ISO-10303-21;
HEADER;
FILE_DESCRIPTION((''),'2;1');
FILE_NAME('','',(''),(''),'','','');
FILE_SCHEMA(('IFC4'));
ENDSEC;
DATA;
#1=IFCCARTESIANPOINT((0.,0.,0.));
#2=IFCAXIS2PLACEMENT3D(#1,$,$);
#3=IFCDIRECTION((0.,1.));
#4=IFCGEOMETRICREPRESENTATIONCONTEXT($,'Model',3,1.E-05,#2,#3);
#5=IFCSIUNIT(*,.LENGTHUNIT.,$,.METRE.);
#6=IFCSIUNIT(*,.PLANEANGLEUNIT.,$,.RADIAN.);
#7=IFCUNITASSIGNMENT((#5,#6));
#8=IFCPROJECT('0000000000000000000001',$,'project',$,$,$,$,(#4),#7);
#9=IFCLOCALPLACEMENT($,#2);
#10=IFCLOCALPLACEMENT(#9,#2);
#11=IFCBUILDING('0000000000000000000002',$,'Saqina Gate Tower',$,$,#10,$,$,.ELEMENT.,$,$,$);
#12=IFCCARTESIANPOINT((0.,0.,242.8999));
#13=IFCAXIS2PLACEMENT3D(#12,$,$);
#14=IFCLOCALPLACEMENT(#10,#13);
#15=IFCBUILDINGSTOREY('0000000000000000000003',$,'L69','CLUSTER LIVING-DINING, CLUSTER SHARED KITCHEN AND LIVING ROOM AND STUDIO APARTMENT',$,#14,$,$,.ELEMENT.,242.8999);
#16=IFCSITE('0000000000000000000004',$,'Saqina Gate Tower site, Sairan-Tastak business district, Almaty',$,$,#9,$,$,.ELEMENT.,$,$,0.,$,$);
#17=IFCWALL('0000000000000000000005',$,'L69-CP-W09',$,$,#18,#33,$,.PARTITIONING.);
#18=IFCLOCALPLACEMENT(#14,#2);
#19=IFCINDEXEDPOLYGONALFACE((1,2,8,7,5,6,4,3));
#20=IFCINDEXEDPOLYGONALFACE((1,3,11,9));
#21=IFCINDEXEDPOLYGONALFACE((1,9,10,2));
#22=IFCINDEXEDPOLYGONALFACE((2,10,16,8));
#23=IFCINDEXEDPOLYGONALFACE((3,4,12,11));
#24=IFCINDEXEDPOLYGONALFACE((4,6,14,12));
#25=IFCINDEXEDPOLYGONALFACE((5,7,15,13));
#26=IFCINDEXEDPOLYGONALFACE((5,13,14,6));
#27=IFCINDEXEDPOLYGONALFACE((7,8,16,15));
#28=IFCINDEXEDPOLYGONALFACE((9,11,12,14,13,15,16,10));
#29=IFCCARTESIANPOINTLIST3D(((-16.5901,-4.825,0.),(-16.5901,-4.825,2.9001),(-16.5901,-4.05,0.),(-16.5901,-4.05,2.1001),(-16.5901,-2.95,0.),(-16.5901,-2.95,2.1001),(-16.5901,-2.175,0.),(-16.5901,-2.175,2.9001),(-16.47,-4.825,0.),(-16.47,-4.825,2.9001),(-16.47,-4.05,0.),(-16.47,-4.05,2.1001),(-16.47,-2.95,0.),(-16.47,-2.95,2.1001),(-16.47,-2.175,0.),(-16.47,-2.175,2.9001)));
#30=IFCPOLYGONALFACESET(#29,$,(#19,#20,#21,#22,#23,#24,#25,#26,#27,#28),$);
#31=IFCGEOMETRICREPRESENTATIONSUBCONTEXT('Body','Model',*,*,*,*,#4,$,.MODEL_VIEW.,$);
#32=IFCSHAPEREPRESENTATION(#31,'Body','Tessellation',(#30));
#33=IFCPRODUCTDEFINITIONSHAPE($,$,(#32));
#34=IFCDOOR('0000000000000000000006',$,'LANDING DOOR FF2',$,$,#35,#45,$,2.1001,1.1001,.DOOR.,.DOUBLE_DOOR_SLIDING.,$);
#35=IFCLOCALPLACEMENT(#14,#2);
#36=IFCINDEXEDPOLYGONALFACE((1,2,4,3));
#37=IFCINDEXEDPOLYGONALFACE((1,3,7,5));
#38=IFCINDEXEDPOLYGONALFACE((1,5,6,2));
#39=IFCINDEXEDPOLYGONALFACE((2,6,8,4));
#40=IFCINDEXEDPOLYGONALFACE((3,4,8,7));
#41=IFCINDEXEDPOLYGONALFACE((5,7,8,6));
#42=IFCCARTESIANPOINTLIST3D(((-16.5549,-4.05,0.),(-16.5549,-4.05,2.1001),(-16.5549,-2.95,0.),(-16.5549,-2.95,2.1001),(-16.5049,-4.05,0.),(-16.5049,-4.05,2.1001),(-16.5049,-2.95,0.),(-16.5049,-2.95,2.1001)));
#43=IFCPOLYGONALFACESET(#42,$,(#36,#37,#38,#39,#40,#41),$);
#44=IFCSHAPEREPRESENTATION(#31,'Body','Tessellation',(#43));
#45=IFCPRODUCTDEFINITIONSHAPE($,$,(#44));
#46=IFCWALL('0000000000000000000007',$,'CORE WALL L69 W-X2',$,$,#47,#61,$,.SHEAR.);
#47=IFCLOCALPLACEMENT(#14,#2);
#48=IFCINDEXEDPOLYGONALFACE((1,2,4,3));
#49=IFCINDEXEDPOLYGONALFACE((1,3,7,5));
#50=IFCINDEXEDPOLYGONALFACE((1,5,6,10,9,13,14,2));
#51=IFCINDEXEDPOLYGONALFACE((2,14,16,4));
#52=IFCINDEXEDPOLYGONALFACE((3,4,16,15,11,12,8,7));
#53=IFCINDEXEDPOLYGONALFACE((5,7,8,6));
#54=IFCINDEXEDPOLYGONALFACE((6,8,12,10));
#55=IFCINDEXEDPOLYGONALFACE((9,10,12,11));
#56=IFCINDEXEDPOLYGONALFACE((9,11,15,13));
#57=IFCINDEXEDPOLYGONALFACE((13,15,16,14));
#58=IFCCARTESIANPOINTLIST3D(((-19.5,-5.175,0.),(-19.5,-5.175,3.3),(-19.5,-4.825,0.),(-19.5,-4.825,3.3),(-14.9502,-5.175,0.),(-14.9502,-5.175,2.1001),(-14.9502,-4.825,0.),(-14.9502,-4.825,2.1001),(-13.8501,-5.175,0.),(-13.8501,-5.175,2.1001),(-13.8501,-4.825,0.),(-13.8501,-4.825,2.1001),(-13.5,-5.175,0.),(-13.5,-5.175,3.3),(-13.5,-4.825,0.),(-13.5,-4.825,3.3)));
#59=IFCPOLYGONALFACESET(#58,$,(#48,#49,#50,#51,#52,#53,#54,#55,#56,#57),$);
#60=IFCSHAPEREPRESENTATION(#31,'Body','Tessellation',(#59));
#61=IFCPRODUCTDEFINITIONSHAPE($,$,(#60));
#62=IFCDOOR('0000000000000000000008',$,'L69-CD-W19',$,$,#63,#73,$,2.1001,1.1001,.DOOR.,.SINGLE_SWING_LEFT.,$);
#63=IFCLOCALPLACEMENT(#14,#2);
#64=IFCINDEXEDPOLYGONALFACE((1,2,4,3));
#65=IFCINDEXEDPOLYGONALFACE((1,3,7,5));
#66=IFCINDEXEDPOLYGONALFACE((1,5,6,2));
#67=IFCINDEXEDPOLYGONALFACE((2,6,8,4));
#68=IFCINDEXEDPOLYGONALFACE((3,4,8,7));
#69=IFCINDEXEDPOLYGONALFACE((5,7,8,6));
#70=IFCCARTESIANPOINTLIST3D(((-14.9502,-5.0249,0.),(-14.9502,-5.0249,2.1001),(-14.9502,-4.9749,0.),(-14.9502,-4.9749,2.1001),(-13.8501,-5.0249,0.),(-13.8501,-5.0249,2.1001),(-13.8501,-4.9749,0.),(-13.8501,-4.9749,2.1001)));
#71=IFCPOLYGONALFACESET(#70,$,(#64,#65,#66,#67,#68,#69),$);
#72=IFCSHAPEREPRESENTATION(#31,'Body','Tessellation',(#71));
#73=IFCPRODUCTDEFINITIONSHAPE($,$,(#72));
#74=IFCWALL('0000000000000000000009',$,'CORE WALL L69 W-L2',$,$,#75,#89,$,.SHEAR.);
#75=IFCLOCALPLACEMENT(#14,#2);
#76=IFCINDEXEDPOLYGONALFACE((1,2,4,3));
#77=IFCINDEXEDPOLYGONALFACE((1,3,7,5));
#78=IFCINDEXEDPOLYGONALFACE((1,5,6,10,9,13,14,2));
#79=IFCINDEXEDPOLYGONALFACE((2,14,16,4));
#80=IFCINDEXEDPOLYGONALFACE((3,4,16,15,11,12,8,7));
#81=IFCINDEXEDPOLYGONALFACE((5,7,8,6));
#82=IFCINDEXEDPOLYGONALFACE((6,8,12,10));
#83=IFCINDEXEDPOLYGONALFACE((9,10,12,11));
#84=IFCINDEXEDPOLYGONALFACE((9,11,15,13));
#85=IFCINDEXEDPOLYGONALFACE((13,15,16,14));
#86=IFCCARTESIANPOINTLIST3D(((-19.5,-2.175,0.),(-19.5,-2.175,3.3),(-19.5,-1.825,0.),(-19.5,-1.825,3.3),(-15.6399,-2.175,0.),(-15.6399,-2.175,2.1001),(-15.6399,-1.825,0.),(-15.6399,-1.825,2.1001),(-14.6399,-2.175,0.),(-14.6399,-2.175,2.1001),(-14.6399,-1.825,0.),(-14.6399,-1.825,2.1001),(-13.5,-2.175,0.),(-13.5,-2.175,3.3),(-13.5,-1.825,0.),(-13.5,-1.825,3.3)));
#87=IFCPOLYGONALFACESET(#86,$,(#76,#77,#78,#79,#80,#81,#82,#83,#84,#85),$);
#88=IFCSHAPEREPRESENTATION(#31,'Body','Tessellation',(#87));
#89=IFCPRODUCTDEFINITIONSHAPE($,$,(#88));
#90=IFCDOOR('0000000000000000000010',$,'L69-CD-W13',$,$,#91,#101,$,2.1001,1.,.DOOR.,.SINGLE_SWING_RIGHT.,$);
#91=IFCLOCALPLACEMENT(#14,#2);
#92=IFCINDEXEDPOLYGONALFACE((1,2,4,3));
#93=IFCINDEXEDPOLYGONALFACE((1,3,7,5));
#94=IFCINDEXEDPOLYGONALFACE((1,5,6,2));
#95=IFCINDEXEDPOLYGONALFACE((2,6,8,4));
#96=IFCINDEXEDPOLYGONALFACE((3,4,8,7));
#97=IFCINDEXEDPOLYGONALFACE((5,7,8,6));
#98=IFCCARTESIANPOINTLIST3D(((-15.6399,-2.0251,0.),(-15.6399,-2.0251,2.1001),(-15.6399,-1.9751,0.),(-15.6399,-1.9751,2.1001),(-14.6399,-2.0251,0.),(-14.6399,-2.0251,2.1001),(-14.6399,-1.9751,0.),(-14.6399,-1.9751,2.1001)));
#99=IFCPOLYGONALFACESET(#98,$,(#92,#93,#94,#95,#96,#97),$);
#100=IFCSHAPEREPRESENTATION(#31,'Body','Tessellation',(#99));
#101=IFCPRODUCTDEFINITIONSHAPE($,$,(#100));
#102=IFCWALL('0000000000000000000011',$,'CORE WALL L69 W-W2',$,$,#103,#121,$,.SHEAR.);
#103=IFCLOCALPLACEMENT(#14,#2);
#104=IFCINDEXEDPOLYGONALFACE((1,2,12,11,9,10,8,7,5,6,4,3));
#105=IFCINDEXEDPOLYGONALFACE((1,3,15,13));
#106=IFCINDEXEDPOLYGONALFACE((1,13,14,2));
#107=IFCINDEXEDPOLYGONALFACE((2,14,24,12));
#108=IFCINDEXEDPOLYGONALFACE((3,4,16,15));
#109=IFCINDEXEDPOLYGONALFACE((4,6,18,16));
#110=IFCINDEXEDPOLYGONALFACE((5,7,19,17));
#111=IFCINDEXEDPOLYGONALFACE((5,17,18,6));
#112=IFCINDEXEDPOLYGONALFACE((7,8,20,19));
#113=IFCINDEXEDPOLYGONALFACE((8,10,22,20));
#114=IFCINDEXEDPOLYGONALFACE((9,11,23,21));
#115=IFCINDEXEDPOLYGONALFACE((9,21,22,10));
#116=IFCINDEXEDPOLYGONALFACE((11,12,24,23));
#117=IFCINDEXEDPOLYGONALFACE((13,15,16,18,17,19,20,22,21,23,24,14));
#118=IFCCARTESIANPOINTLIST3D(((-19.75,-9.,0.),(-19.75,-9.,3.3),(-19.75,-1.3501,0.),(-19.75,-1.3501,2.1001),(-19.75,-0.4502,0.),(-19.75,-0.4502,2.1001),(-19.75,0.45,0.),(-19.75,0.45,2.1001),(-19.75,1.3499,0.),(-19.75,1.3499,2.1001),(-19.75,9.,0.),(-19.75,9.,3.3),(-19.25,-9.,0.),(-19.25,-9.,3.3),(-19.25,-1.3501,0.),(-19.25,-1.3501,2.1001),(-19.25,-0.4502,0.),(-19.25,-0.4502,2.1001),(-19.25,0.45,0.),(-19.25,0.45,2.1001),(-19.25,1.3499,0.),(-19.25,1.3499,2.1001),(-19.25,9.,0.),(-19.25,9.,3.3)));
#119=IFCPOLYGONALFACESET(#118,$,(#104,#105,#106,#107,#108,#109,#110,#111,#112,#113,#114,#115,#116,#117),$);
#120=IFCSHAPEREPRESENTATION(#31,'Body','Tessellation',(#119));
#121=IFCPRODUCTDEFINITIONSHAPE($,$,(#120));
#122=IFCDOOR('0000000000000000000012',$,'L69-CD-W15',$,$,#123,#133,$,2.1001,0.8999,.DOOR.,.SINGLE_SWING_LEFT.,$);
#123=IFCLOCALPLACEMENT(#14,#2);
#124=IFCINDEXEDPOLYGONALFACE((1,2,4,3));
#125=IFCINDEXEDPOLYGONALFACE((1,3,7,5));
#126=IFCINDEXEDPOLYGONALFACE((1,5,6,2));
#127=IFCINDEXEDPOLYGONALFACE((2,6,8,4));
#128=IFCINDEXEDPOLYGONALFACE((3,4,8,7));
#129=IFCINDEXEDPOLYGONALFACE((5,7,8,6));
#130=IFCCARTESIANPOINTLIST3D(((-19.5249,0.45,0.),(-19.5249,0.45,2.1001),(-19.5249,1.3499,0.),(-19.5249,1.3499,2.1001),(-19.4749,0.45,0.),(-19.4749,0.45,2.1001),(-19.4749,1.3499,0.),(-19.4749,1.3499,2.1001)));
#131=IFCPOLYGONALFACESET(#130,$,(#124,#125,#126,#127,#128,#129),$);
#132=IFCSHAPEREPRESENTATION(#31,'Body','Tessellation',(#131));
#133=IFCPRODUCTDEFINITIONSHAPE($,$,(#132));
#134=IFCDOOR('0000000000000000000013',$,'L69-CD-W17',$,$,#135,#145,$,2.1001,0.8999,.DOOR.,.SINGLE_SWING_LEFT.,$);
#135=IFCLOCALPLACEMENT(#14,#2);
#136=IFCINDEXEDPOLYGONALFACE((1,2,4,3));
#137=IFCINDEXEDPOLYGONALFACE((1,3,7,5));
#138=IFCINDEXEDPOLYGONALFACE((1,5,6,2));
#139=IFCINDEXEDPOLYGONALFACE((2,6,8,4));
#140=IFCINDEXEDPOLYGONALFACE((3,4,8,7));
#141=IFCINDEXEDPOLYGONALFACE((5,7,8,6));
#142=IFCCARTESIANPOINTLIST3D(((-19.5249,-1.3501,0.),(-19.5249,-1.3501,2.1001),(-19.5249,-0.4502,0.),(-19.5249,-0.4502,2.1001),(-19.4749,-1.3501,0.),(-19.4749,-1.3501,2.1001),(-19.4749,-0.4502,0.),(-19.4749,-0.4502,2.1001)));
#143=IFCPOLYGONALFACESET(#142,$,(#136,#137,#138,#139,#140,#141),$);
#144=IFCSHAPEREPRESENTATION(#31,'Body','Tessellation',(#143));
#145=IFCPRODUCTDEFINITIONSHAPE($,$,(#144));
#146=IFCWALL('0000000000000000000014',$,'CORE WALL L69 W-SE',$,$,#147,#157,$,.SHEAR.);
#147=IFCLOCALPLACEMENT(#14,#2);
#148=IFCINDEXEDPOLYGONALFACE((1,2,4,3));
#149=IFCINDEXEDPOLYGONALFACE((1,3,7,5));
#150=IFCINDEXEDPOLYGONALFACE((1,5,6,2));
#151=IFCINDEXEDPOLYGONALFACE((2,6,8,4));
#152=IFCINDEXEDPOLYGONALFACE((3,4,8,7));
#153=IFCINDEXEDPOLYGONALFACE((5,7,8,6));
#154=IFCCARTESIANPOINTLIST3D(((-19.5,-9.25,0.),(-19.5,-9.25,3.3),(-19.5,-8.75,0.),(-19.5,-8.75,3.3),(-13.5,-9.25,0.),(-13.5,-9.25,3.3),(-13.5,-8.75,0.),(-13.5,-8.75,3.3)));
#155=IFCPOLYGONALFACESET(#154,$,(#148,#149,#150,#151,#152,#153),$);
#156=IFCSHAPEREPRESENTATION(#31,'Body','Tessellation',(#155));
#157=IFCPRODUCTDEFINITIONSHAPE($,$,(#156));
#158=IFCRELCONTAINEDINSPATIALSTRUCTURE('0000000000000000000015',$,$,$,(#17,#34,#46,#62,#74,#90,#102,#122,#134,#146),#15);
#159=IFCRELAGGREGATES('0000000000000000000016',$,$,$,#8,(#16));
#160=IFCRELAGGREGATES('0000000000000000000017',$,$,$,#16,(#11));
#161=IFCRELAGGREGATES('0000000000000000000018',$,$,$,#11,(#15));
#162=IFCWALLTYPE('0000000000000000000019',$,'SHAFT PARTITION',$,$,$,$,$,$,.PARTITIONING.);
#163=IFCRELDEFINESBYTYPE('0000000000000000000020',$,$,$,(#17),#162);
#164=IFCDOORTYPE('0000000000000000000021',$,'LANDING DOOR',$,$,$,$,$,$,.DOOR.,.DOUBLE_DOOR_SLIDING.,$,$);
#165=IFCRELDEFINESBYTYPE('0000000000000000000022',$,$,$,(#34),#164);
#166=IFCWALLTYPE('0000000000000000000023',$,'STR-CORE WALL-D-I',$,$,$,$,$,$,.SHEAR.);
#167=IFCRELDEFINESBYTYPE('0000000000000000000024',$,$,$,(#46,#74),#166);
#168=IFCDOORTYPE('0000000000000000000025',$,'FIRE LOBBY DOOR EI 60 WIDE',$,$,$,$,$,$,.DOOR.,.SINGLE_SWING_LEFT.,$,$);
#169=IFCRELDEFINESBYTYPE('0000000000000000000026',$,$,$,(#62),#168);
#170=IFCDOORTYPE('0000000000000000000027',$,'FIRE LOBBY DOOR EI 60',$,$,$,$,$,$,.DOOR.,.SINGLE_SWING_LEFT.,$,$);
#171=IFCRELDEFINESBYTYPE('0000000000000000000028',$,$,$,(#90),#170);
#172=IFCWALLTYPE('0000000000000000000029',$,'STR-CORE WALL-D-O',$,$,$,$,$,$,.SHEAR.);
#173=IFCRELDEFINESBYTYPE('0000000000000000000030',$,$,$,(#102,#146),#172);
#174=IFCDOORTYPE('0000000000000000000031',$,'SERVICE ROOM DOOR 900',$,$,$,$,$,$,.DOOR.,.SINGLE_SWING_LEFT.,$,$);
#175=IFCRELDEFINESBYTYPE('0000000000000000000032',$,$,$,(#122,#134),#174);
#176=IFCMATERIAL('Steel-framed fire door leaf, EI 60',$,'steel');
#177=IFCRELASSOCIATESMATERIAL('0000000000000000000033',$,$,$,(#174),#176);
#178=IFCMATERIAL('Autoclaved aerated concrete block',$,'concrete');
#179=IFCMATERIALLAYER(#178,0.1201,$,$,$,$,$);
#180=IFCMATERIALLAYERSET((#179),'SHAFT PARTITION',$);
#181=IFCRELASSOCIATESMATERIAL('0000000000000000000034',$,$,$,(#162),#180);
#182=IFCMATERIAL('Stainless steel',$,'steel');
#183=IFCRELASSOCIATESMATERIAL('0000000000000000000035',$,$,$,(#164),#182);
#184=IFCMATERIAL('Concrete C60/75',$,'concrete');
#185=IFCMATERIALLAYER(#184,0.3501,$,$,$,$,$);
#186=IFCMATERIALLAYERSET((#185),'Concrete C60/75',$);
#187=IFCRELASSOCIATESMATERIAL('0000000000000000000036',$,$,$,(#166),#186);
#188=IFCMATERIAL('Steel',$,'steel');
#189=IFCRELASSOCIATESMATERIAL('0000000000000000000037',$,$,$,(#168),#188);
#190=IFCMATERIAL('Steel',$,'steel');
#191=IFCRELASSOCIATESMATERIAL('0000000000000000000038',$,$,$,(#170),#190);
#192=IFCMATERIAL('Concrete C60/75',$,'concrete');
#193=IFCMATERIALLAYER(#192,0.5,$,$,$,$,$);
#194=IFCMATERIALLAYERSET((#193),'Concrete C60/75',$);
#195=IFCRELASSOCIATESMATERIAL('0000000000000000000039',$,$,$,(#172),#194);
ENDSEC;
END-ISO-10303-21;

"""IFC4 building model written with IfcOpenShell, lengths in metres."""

from ifc_helpers import new_model, si_unit, direction, frame, frame_2d, origin, place, context, subcontext, project, spatial, rectangle, extrude, material, layer, layer_set, type_object, element, fill, save


model = new_model("IFC4")

# Units and contexts
model_context = context("Model", 3, precision=1e-05, world=origin(), true_north=direction((0.0, 1.0)))
body_context = subcontext(model_context, "Body", "Model", "MODEL_VIEW")
ifc_project = project(units=[si_unit("LENGTHUNIT", "METRE"), si_unit("PLANEANGLEUNIT", "RADIAN")], contexts=[model_context])

# Site, building, storey
site_placement = place(None, origin())
site = spatial("IfcSite", under=ifc_project, at=site_placement, Name="Saqina Gate Tower site, Sairan-Tastak business district, Almaty", CompositionType="ELEMENT", RefElevation=0.0)
building_placement = place(site_placement, origin())
building = spatial("IfcBuilding", under=site, at=building_placement, Name="Saqina Gate Tower", CompositionType="ELEMENT")
storey_placement = place(building_placement, frame((0.0, 0.0, 242.8999)))
storey = spatial("IfcBuildingStorey", under=building, at=storey_placement, Name="L69", Description="CLUSTER LIVING-DINING, CLUSTER SHARED KITCHEN AND LIVING ROOM AND STUDIO APARTMENT", CompositionType="ELEMENT", Elevation=242.8999)

# Shared definitions
ifc_material_1 = material(Name="Steel-framed fire door leaf, EI 60", Category="steel")
door_type_1 = type_object("IfcDoorType", Name="SERVICE ROOM DOOR 900", OperationType="SINGLE_SWING_LEFT", PredefinedType="DOOR", material=ifc_material_1)

# Walls, openings, doors
ifc_material_2 = material(Name="Autoclaved aerated concrete block", Category="concrete")
ifc_layer_1 = layer(ifc_material_2, 0.1201)
ifc_layer_set_1 = layer_set([ifc_layer_1], Name="SHAFT PARTITION")
wall_type_1 = type_object("IfcWallType", Name="SHAFT PARTITION", PredefinedType="PARTITIONING", material=ifc_layer_set_1)
wall_1_placement = place(storey_placement, frame((-16.53, -4.825, 0.0), z_axis=(0.0, 0.0, 1.0), x_axis=(0.0, 1.0, 0.0)))
wall_1 = element("IfcWall", 1, at=wall_1_placement, inside=storey, type_object=wall_type_1, Name="L69-CP-W09", PredefinedType="PARTITIONING", context=body_context, shape_type="SweptSolid", body=[
    extrude(rectangle(XDim=2.6499, YDim=0.1201, at=frame_2d((1.325, 0.0))), origin(), (0.0, 0.0, 1.0), 2.9001),
])
opening_1_placement = place(wall_1_placement, frame((0.7749, 0.0, 0.0)))
opening_1 = element("IfcOpeningElement", 2, at=opening_1_placement, cuts=wall_1, PredefinedType="OPENING", context=body_context, shape_type="SweptSolid", body=[
    extrude(rectangle(XDim=1.1001, YDim=2.1001, at=frame_2d((0.55, 1.05))), frame((0.0, 0.072, 0.0), z_axis=(0.0, -1.0, 0.0), x_axis=(1.0, 0.0, 0.0)), (0.0, 0.0, 1.0), 0.144),
])
ifc_material_3 = material(Name="Stainless steel", Category="steel")
door_type_2 = type_object("IfcDoorType", Name="LANDING DOOR", OperationType="DOUBLE_DOOR_SLIDING", PredefinedType="DOOR", material=ifc_material_3)
door_1_placement = place(opening_1_placement, origin())
door_1 = element("IfcDoor", 3, at=door_1_placement, inside=storey, type_object=door_type_2, Name="LANDING DOOR FF2", OperationType="DOUBLE_DOOR_SLIDING", OverallHeight=2.1001, OverallWidth=1.1001, PredefinedType="DOOR", context=body_context, shape_type="SweptSolid", body=[
    extrude(rectangle(XDim=1.1001, YDim=2.1001, at=frame_2d((0.55, 1.05))), frame((0.0, 0.0249, 0.0), z_axis=(0.0, -1.0, 0.0), x_axis=(1.0, 0.0, 0.0)), (0.0, 0.0, 1.0), 0.05),
])
fill(opening_1, door_1)
ifc_material_4 = material(Name="Concrete C60/75", Category="concrete")
ifc_layer_2 = layer(ifc_material_4, 0.3501)
ifc_layer_set_2 = layer_set([ifc_layer_2], Name="Concrete C60/75")
wall_type_2 = type_object("IfcWallType", Name="STR-CORE WALL-D-I", PredefinedType="SHEAR", material=ifc_layer_set_2)
wall_2_placement = place(storey_placement, frame((-13.5, -5.0, 0.0), z_axis=(0.0, 0.0, 1.0), x_axis=(-1.0, 0.0, 0.0)))
wall_2 = element("IfcWall", 4, at=wall_2_placement, inside=storey, type_object=wall_type_2, Name="CORE WALL L69 W-X2", PredefinedType="SHEAR", context=body_context, shape_type="SweptSolid", body=[
    extrude(rectangle(XDim=6.0, YDim=0.3501, at=frame_2d((3.0, 0.0))), origin(), (0.0, 0.0, 1.0), 3.3),
])
opening_2_placement = place(wall_2_placement, frame((0.3501, 0.0, 0.0)))
opening_2 = element("IfcOpeningElement", 5, at=opening_2_placement, cuts=wall_2, PredefinedType="OPENING", context=body_context, shape_type="SweptSolid", body=[
    extrude(rectangle(XDim=1.1001, YDim=2.1001, at=frame_2d((0.55, 1.05))), frame((0.0, 0.187, 0.0), z_axis=(0.0, -1.0, 0.0), x_axis=(1.0, 0.0, 0.0)), (0.0, 0.0, 1.0), 0.374),
])
ifc_material_5 = material(Name="Steel", Category="steel")
door_type_3 = type_object("IfcDoorType", Name="FIRE LOBBY DOOR EI 60 WIDE", OperationType="SINGLE_SWING_LEFT", PredefinedType="DOOR", material=ifc_material_5)
door_2_placement = place(opening_2_placement, origin())
door_2 = element("IfcDoor", 6, at=door_2_placement, inside=storey, type_object=door_type_3, Name="L69-CD-W19", OperationType="SINGLE_SWING_LEFT", OverallHeight=2.1001, OverallWidth=1.1001, PredefinedType="DOOR", context=body_context, shape_type="SweptSolid", body=[
    extrude(rectangle(XDim=1.1001, YDim=2.1001, at=frame_2d((0.55, 1.05))), frame((0.0, 0.0249, 0.0), z_axis=(0.0, -1.0, 0.0), x_axis=(1.0, 0.0, 0.0)), (0.0, 0.0, 1.0), 0.05),
])
fill(opening_2, door_2)
wall_3_placement = place(storey_placement, frame((-13.5, -2.0, 0.0), z_axis=(0.0, 0.0, 1.0), x_axis=(-1.0, 0.0, 0.0)))
wall_3 = element("IfcWall", 7, at=wall_3_placement, inside=storey, type_object=wall_type_2, Name="CORE WALL L69 W-L2", PredefinedType="SHEAR", context=body_context, shape_type="SweptSolid", body=[
    extrude(rectangle(XDim=6.0, YDim=0.3501, at=frame_2d((3.0, 0.0))), origin(), (0.0, 0.0, 1.0), 3.3),
])
opening_3_placement = place(wall_3_placement, frame((1.1399, 0.0, 0.0)))
opening_3 = element("IfcOpeningElement", 8, at=opening_3_placement, cuts=wall_3, PredefinedType="OPENING", context=body_context, shape_type="SweptSolid", body=[
    extrude(rectangle(XDim=1.0, YDim=2.1001, at=frame_2d((0.5, 1.05))), frame((0.0, 0.187, 0.0), z_axis=(0.0, -1.0, 0.0), x_axis=(1.0, 0.0, 0.0)), (0.0, 0.0, 1.0), 0.374),
])
ifc_material_6 = material(Name="Steel", Category="steel")
door_type_4 = type_object("IfcDoorType", Name="FIRE LOBBY DOOR EI 60", OperationType="SINGLE_SWING_LEFT", PredefinedType="DOOR", material=ifc_material_6)
door_3_placement = place(opening_3_placement, frame((1.0, 0.0, 0.0), z_axis=(0.0, 0.0, 1.0), x_axis=(-1.0, 0.0, 0.0)))
door_3 = element("IfcDoor", 9, at=door_3_placement, inside=storey, type_object=door_type_4, Name="L69-CD-W13", OperationType="SINGLE_SWING_RIGHT", OverallHeight=2.1001, OverallWidth=1.0, PredefinedType="DOOR", context=body_context, shape_type="SweptSolid", body=[
    extrude(rectangle(XDim=1.0, YDim=2.1001, at=frame_2d((0.5, 1.05))), frame((0.0, 0.0249, 0.0), z_axis=(0.0, -1.0, 0.0), x_axis=(1.0, 0.0, 0.0)), (0.0, 0.0, 1.0), 0.05),
])
fill(opening_3, door_3)

# Wall, openings, doors
ifc_material_7 = material(Name="Concrete C60/75", Category="concrete")
ifc_layer_3 = layer(ifc_material_7, 0.5)
ifc_layer_set_3 = layer_set([ifc_layer_3], Name="Concrete C60/75")
wall_type_3 = type_object("IfcWallType", Name="STR-CORE WALL-D-O", PredefinedType="SHEAR", material=ifc_layer_set_3)
wall_4_placement = place(storey_placement, frame((-19.5, -9.0, 0.0), z_axis=(0.0, 0.0, 1.0), x_axis=(0.0, 1.0, 0.0)))
wall_4 = element("IfcWall", 10, at=wall_4_placement, inside=storey, type_object=wall_type_3, Name="CORE WALL L69 W-W2", PredefinedType="SHEAR", context=body_context, shape_type="SweptSolid", body=[
    extrude(rectangle(XDim=18.0, YDim=0.5, at=frame_2d((9.0, 0.0))), origin(), (0.0, 0.0, 1.0), 3.3),
])
opening_4_placement = place(wall_4_placement, frame((9.45, 0.0, 0.0)))
opening_4 = element("IfcOpeningElement", 11, at=opening_4_placement, cuts=wall_4, PredefinedType="OPENING", context=body_context, shape_type="SweptSolid", body=[
    extrude(rectangle(XDim=0.8999, YDim=2.1001, at=frame_2d((0.45, 1.05))), frame((0.0, 0.262, 0.0), z_axis=(0.0, -1.0, 0.0), x_axis=(1.0, 0.0, 0.0)), (0.0, 0.0, 1.0), 0.5239),
])
opening_5_placement = place(wall_4_placement, frame((7.6499, 0.0, 0.0)))
opening_5 = element("IfcOpeningElement", 12, at=opening_5_placement, cuts=wall_4, PredefinedType="OPENING", context=body_context, shape_type="SweptSolid", body=[
    extrude(rectangle(XDim=0.8999, YDim=2.1001, at=frame_2d((0.45, 1.05))), frame((0.0, 0.262, 0.0), z_axis=(0.0, -1.0, 0.0), x_axis=(1.0, 0.0, 0.0)), (0.0, 0.0, 1.0), 0.5239),
])
door_4_placement = place(opening_4_placement, origin())
door_4 = element("IfcDoor", 13, at=door_4_placement, inside=storey, type_object=door_type_1, Name="L69-CD-W15", OperationType="SINGLE_SWING_LEFT", OverallHeight=2.1001, OverallWidth=0.8999, PredefinedType="DOOR", context=body_context, shape_type="SweptSolid", body=[
    extrude(rectangle(XDim=0.8999, YDim=2.1001, at=frame_2d((0.45, 1.05))), frame((0.0, 0.0249, 0.0), z_axis=(0.0, -1.0, 0.0), x_axis=(1.0, 0.0, 0.0)), (0.0, 0.0, 1.0), 0.05),
])
fill(opening_4, door_4)
door_5_placement = place(opening_5_placement, origin())
door_5 = element("IfcDoor", 14, at=door_5_placement, inside=storey, type_object=door_type_1, Name="L69-CD-W17", OperationType="SINGLE_SWING_LEFT", OverallHeight=2.1001, OverallWidth=0.8999, PredefinedType="DOOR", context=body_context, shape_type="SweptSolid", body=[
    extrude(rectangle(XDim=0.8999, YDim=2.1001, at=frame_2d((0.45, 1.05))), frame((0.0, 0.0249, 0.0), z_axis=(0.0, -1.0, 0.0), x_axis=(1.0, 0.0, 0.0)), (0.0, 0.0, 1.0), 0.05),
])
fill(opening_5, door_5)

# Wall
wall_5_placement = place(storey_placement, frame((-13.5, -9.0, 0.0), z_axis=(0.0, 0.0, 1.0), x_axis=(-1.0, 0.0, 0.0)))
element("IfcWall", 15, at=wall_5_placement, inside=storey, type_object=wall_type_3, Name="CORE WALL L69 W-SE", PredefinedType="SHEAR", context=body_context, shape_type="SweptSolid", body=[
    extrude(rectangle(XDim=6.0, YDim=0.5, at=frame_2d((3.0, 0.0))), origin(), (0.0, 0.0, 1.0), 3.3),
])

save(model, "model.ifc")
